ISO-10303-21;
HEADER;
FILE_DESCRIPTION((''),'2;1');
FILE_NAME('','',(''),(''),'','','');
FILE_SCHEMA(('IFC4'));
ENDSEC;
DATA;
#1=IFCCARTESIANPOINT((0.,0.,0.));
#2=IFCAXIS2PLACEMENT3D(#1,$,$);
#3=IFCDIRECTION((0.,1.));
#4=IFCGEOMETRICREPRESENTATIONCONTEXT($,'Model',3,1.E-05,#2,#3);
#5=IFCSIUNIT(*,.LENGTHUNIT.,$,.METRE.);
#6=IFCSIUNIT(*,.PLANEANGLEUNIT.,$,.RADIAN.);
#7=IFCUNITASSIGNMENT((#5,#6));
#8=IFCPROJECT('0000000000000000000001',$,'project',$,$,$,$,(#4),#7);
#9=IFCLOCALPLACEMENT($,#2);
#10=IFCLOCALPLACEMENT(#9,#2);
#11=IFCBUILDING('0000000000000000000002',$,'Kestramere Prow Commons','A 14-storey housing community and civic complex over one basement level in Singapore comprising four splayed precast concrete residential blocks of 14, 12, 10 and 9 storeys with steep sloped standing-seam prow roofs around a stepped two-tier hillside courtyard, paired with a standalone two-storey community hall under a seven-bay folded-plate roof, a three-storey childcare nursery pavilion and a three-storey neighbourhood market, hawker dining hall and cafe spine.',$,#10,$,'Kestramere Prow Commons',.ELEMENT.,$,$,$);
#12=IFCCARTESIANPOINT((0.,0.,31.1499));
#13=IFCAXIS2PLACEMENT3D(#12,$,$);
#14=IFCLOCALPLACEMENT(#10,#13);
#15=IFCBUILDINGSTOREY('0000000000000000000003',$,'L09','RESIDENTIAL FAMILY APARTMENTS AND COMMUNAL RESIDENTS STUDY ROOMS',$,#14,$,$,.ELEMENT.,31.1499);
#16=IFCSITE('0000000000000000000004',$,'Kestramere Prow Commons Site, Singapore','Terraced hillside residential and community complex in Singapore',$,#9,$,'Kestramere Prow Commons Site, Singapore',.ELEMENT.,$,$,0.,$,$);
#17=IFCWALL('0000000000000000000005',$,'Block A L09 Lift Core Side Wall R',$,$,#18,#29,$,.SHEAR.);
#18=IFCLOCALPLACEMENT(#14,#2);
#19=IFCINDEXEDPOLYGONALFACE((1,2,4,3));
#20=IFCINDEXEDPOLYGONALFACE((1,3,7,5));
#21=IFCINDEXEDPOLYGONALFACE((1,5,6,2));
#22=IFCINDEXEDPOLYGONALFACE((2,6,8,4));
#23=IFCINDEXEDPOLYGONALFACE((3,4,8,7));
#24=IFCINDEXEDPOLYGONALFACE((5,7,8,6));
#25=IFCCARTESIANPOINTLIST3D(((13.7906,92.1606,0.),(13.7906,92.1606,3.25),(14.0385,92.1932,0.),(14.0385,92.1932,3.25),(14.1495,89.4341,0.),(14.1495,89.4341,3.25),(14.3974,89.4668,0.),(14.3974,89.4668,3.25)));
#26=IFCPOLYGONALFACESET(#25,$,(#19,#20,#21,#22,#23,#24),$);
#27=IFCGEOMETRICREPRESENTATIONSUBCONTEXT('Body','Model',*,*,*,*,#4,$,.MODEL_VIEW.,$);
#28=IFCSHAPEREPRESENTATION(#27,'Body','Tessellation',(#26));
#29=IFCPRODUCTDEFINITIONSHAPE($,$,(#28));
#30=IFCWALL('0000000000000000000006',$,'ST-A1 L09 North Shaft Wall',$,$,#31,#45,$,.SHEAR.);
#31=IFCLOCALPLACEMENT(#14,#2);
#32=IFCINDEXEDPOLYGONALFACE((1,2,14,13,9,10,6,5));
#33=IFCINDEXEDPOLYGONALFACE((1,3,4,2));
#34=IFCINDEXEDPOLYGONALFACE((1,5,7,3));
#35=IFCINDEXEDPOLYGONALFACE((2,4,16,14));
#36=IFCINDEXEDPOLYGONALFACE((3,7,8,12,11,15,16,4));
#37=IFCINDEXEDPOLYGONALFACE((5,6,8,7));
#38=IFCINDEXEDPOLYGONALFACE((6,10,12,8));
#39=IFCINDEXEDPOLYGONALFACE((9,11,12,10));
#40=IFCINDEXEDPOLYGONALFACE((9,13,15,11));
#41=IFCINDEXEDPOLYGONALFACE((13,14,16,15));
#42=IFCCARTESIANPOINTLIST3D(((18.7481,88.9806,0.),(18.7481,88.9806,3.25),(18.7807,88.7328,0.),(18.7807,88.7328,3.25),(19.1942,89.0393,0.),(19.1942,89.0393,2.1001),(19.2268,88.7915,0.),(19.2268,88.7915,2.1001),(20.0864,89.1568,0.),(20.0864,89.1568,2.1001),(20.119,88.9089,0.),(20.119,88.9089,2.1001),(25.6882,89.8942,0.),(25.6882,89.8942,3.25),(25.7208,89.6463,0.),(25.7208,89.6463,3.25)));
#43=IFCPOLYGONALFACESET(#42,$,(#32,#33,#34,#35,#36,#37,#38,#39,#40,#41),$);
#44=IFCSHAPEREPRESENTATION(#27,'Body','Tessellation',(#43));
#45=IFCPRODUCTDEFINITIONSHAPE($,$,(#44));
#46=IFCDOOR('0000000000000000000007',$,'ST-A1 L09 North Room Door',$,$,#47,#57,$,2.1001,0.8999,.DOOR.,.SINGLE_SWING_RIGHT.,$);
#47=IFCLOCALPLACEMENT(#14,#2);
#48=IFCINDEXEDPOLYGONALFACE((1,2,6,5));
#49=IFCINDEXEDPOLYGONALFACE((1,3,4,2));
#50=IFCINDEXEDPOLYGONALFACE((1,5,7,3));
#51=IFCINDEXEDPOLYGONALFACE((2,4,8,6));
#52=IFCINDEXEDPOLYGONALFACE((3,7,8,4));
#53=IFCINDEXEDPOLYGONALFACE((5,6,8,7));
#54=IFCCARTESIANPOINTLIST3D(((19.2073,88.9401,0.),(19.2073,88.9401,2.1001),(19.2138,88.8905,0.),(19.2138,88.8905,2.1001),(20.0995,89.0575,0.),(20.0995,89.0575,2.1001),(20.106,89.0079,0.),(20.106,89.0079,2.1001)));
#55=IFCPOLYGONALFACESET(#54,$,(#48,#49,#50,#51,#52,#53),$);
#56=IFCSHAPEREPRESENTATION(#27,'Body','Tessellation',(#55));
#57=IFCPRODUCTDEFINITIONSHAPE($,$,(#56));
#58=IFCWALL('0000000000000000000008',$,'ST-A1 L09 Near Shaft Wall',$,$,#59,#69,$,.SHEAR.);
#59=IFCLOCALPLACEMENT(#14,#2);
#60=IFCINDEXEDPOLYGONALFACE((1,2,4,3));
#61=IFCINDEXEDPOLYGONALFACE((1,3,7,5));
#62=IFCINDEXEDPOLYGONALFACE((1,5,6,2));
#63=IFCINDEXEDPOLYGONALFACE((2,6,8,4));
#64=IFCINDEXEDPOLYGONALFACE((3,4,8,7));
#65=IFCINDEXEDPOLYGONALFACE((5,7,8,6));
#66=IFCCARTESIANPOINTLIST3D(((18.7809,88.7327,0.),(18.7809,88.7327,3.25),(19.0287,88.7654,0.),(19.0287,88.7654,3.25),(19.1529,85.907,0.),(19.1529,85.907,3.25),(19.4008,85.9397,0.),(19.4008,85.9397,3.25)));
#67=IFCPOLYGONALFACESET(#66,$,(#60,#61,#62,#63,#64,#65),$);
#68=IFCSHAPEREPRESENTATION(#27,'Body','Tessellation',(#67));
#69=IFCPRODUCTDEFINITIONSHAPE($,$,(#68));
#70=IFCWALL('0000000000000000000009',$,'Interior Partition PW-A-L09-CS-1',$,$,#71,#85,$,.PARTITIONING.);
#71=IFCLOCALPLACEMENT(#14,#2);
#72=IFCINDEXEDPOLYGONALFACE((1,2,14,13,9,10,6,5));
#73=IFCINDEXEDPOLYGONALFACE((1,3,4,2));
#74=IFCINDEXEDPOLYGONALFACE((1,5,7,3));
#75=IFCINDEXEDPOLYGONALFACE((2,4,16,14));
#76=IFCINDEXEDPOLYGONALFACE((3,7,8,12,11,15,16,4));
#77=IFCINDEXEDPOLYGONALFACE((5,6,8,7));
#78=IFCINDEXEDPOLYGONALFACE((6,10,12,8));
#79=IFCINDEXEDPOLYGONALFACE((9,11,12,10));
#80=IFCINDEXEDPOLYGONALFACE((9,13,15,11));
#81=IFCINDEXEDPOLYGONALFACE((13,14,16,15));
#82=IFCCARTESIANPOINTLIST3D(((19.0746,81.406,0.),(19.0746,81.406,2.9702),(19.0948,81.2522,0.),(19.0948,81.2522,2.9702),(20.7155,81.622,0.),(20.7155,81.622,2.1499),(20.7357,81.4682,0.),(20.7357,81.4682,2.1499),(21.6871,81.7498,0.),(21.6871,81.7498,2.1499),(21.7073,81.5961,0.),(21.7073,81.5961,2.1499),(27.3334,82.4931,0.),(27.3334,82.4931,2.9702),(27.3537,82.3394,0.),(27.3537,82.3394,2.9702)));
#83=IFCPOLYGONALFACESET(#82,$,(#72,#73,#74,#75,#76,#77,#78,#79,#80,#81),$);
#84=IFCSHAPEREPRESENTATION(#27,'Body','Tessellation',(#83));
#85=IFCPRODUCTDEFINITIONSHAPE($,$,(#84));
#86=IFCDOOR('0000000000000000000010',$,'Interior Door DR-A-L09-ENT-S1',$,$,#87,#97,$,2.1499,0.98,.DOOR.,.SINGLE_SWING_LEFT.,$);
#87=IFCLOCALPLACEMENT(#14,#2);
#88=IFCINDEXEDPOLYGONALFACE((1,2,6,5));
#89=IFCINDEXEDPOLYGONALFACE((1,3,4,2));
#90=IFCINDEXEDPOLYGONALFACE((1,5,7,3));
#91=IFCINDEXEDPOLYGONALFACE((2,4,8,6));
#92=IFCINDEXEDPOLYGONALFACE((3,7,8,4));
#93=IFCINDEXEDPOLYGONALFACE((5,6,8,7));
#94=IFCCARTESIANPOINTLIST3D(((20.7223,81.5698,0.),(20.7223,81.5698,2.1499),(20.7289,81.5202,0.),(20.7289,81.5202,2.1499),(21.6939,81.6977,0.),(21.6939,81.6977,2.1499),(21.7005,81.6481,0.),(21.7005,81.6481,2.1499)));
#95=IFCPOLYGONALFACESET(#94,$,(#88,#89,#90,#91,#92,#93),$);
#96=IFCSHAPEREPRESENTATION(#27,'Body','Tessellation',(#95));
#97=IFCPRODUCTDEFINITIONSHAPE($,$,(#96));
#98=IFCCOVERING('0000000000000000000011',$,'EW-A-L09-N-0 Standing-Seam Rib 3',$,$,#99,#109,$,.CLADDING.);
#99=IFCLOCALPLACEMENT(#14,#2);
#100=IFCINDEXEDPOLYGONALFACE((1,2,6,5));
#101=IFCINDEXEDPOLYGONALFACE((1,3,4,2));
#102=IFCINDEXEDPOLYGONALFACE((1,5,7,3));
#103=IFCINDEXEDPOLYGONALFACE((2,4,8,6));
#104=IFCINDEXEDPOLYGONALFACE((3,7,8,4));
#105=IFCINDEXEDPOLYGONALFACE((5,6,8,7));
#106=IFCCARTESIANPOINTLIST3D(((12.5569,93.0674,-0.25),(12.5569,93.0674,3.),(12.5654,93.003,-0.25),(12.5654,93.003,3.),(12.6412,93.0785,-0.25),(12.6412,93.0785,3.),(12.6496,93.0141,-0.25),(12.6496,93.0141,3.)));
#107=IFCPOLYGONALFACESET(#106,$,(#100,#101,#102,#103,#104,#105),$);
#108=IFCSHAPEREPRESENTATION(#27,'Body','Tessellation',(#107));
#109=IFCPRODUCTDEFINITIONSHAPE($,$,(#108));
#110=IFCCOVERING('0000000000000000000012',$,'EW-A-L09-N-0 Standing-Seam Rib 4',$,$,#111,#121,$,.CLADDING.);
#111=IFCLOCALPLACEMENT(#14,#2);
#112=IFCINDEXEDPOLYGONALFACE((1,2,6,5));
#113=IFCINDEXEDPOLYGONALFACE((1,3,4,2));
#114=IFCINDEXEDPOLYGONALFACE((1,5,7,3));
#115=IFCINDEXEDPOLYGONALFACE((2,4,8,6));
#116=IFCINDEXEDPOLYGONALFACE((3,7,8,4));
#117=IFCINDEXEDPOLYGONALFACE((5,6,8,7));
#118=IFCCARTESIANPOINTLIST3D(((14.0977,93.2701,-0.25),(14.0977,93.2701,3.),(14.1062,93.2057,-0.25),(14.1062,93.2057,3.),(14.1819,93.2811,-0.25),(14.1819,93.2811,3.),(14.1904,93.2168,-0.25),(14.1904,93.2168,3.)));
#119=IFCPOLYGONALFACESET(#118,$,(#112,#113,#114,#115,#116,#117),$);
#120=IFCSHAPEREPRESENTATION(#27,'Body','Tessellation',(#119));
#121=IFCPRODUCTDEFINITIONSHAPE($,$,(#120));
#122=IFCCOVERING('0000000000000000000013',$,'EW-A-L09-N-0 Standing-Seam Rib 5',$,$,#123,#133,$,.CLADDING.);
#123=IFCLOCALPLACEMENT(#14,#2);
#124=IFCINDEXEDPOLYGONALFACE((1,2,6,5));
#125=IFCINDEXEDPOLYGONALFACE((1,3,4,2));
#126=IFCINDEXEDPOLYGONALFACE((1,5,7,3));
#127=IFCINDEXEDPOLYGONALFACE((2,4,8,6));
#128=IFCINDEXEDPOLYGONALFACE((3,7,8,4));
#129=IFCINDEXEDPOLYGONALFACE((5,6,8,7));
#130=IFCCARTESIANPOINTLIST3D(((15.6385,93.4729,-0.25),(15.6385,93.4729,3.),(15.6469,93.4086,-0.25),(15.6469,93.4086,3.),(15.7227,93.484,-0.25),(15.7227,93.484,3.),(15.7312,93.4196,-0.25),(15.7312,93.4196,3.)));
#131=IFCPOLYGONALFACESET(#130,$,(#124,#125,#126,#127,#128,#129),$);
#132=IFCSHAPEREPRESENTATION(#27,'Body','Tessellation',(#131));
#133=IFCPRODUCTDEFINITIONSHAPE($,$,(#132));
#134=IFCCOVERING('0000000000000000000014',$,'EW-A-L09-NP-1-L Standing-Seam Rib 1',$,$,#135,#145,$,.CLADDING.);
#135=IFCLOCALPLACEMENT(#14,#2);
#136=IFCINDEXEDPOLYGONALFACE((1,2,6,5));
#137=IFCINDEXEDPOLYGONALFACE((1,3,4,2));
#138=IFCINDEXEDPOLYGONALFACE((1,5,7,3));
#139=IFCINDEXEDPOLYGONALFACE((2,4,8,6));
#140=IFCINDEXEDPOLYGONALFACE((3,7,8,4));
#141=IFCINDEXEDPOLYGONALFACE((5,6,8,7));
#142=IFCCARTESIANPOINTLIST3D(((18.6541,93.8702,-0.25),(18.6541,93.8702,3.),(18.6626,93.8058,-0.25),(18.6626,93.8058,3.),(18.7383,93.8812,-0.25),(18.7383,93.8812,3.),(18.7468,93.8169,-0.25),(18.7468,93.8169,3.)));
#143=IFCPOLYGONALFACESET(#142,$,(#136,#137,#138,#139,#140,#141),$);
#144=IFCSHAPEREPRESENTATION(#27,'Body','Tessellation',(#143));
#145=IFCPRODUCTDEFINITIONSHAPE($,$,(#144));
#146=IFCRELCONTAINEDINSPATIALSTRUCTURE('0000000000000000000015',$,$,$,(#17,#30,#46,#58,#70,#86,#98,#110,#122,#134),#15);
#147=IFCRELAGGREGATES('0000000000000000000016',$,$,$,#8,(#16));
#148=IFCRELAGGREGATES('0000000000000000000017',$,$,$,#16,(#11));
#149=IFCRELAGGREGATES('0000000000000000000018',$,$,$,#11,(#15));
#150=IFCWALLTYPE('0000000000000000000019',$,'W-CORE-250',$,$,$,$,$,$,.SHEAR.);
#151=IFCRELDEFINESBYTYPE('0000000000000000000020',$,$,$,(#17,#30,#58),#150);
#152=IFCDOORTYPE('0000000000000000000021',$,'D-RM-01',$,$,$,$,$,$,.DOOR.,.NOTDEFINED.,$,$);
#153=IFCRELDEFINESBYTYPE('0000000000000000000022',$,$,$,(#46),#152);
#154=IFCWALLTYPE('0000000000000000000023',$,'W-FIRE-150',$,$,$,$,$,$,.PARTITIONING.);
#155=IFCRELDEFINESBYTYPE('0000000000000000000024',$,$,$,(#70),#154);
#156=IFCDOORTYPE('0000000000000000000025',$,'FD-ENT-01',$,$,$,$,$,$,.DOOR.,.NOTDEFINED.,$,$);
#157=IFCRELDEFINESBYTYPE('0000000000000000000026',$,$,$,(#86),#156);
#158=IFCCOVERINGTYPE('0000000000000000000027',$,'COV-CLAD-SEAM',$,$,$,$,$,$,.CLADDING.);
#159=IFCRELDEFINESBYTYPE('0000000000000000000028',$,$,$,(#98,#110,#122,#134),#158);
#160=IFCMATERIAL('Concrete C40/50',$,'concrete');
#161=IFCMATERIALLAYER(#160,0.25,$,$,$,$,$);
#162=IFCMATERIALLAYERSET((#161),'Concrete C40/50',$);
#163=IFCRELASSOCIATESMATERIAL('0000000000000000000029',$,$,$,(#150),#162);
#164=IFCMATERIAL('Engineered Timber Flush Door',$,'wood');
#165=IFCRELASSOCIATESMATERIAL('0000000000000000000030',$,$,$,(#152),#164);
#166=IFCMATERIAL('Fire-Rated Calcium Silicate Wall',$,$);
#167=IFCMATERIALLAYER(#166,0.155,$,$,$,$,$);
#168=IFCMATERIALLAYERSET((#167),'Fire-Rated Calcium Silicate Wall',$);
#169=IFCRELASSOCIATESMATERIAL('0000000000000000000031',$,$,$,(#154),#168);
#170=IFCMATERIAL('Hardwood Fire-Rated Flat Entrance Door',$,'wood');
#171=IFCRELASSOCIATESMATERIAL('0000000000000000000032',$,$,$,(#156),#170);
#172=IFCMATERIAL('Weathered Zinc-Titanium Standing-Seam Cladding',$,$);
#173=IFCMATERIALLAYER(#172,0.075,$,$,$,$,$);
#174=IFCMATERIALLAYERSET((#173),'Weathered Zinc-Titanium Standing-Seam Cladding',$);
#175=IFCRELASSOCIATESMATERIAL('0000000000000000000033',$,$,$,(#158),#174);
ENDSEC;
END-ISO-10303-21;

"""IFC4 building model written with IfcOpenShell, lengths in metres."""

from ifc_helpers import new_model, si_unit, direction, frame, frame_2d, origin, origin_2d, place, context, subcontext, project, spatial, rectangle, extrude, material, layer, layer_set, type_object, element, fill, save


model = new_model("IFC4")

# Units and contexts
model_context = context("Model", 3, precision=1e-05, world=origin(), true_north=direction((0.0, 1.0)))
body_context = subcontext(model_context, "Body", "Model", "MODEL_VIEW")
ifc_project = project(units=[si_unit("LENGTHUNIT", "METRE"), si_unit("PLANEANGLEUNIT", "RADIAN")], contexts=[model_context])

# Site, building, storey
site_placement = place(None, origin())
site = spatial("IfcSite", under=ifc_project, at=site_placement, Name="Kestramere Prow Commons Site, Singapore", Description="Terraced hillside residential and community complex in Singapore", LongName="Kestramere Prow Commons Site, Singapore", CompositionType="ELEMENT", RefElevation=0.0)
building_placement = place(site_placement, origin())
building = spatial("IfcBuilding", under=site, at=building_placement, Name="Kestramere Prow Commons", Description="A 14-storey housing community and civic complex over one basement level in Singapore comprising four splayed precast concrete residential blocks of 14, 12, 10 and 9 storeys with steep sloped standing-seam prow roofs around a stepped two-tier hillside courtyard, paired with a standalone two-storey community hall under a seven-bay folded-plate roof, a three-storey childcare nursery pavilion and a three-storey neighbourhood market, hawker dining hall and cafe spine.", LongName="Kestramere Prow Commons", CompositionType="ELEMENT")
storey_placement = place(building_placement, frame((0.0, 0.0, 31.1499)))
storey = spatial("IfcBuildingStorey", under=building, at=storey_placement, Name="L09", Description="RESIDENTIAL FAMILY APARTMENTS AND COMMUNAL RESIDENTS STUDY ROOMS", CompositionType="ELEMENT", Elevation=31.1499)

# Wall
ifc_material_1 = material(Name="Concrete C40/50", Category="concrete")
ifc_layer_1 = layer(ifc_material_1, 0.25)
ifc_layer_set_1 = layer_set([ifc_layer_1], Name="Concrete C40/50")
wall_type_1 = type_object("IfcWallType", Name="W-CORE-250", PredefinedType="SHEAR", material=ifc_layer_set_1)
wall_1_placement = place(storey_placement, frame((14.2734, 89.4504, 0.0), z_axis=(0.0, 0.0, 1.0), x_axis=(-0.1305, 0.991448, 0.0)))
element("IfcWall", 1, at=wall_1_placement, inside=storey, type_object=wall_type_1, Name="Block A L09 Lift Core Side Wall R", PredefinedType="SHEAR", context=body_context, shape_type="SweptSolid", body=[
    extrude(rectangle(XDim=2.75, YDim=0.25, at=frame_2d((1.375, 0.0))), origin(), (0.0, 0.0, 1.0), 3.25),
])

# Wall, opening, door
wall_2_placement = place(storey_placement, frame((18.7644, 88.8567, 0.0), z_axis=(0.0, 0.0, 1.0), x_axis=(0.991447, 0.13051, 0.0)))
wall_2 = element("IfcWall", 2, at=wall_2_placement, inside=storey, type_object=wall_type_1, Name="ST-A1 L09 North Shaft Wall", PredefinedType="SHEAR", context=body_context, shape_type="SweptSolid", body=[
    extrude(rectangle(XDim=7.0, YDim=0.25, at=frame_2d((3.5, 0.0))), origin(), (0.0, 0.0, 1.0), 3.25),
])
opening_1_placement = place(wall_2_placement, frame((0.45, 0.0, 0.0)))
opening_1 = element("IfcOpeningElement", 3, at=opening_1_placement, cuts=wall_2, PredefinedType="OPENING", context=body_context, shape_type="SweptSolid", body=[
    extrude(rectangle(XDim=0.8999, YDim=2.1001, at=frame_2d((0.45, 1.05))), frame((0.0, 0.1399, 0.0), z_axis=(0.0, -1.0, 0.0), x_axis=(1.0, 0.0, 0.0)), (0.0, 0.0, 1.0), 0.28),
])
ifc_material_2 = material(Name="Engineered Timber Flush Door", Category="wood")
door_type_1 = type_object("IfcDoorType", Name="D-RM-01", OperationType="NOTDEFINED", PredefinedType="DOOR", material=ifc_material_2)
door_1_placement = place(opening_1_placement, origin())
door_1 = element("IfcDoor", 4, at=door_1_placement, inside=storey, type_object=door_type_1, Name="ST-A1 L09 North Room Door", OperationType="SINGLE_SWING_RIGHT", OverallHeight=2.1001, OverallWidth=0.8999, PredefinedType="DOOR", context=body_context, shape_type="SweptSolid", body=[
    extrude(rectangle(XDim=0.8999, YDim=2.1001, at=frame_2d((0.45, 1.05))), frame((0.0, 0.0249, 0.0), z_axis=(0.0, -1.0, 0.0), x_axis=(1.0, 0.0, 0.0)), (0.0, 0.0, 1.0), 0.05),
])
fill(opening_1, door_1)

# Wall
wall_3_placement = place(storey_placement, frame((19.2769, 85.9233, 0.0), z_axis=(0.0, 0.0, 1.0), x_axis=(-0.130548, 0.991442, 0.0)))
element("IfcWall", 5, at=wall_3_placement, inside=storey, type_object=wall_type_1, Name="ST-A1 L09 Near Shaft Wall", PredefinedType="SHEAR", context=body_context, shape_type="SweptSolid", body=[
    extrude(rectangle(XDim=2.8501, YDim=0.25, at=frame_2d((1.425, 0.0))), origin(), (0.0, 0.0, 1.0), 3.25),
])

# Wall, opening, door
ifc_material_3 = material(Name="Fire-Rated Calcium Silicate Wall")
ifc_layer_2 = layer(ifc_material_3, 0.155)
ifc_layer_set_2 = layer_set([ifc_layer_2], Name="Fire-Rated Calcium Silicate Wall")
wall_type_2 = type_object("IfcWallType", Name="W-FIRE-150", PredefinedType="PARTITIONING", material=ifc_layer_set_2)
wall_4_placement = place(storey_placement, frame((19.0847, 81.3291, 0.0), z_axis=(0.0, 0.0, 1.0), x_axis=(0.991447, 0.130511, 0.0)))
wall_4 = element("IfcWall", 6, at=wall_4_placement, inside=storey, type_object=wall_type_2, Name="Interior Partition PW-A-L09-CS-1", PredefinedType="PARTITIONING", context=body_context, shape_type="SweptSolid", body=[
    extrude(rectangle(XDim=8.3301, YDim=0.155, at=frame_2d((4.165, 0.0))), origin(), (0.0, 0.0, 1.0), 2.9702),
])
opening_2_placement = place(wall_4_placement, frame((1.655, 0.0, 0.0)))
opening_2 = element("IfcOpeningElement", 7, at=opening_2_placement, cuts=wall_4, PredefinedType="OPENING", context=body_context, shape_type="SweptSolid", body=[
    extrude(rectangle(XDim=0.98, YDim=2.1499, at=frame_2d((0.49, 1.075))), frame((0.0, 0.0925, 0.0), z_axis=(0.0, -1.0, 0.0), x_axis=(1.0, 0.0, 0.0)), (0.0, 0.0, 1.0), 0.1851),
])
ifc_material_4 = material(Name="Hardwood Fire-Rated Flat Entrance Door", Category="wood")
door_type_2 = type_object("IfcDoorType", Name="FD-ENT-01", OperationType="NOTDEFINED", PredefinedType="DOOR", material=ifc_material_4)
door_2_placement = place(opening_2_placement, origin())
door_2 = element("IfcDoor", 8, at=door_2_placement, inside=storey, type_object=door_type_2, Name="Interior Door DR-A-L09-ENT-S1", OperationType="SINGLE_SWING_LEFT", OverallHeight=2.1499, OverallWidth=0.98, PredefinedType="DOOR", context=body_context, shape_type="SweptSolid", body=[
    extrude(rectangle(XDim=0.98, YDim=2.1499, at=frame_2d((0.49, 1.075))), frame((0.0, 0.0249, 0.0), z_axis=(0.0, -1.0, 0.0), x_axis=(1.0, 0.0, 0.0)), (0.0, 0.0, 1.0), 0.05),
])
fill(opening_2, door_2)

# Coverings
ifc_material_5 = material(Name="Weathered Zinc-Titanium Standing-Seam Cladding")
ifc_layer_3 = layer(ifc_material_5, 0.075)
ifc_layer_set_3 = layer_set([ifc_layer_3], Name="Weathered Zinc-Titanium Standing-Seam Cladding")
covering_type = type_object("IfcCoveringType", Name="COV-CLAD-SEAM", PredefinedType="CLADDING", material=ifc_layer_set_3)
for number, where, z_axis, x_axis, name in (
    (9, (12.6033, 93.0408, -0.25), (0.0, 0.0, 1.0), (0.991445, 0.130526, 0.0), "EW-A-L09-N-0 Standing-Seam Rib 3"),
    (10, (14.144, 93.2434, -0.25), (0.0, 0.0, 1.0), (0.991445, 0.130526, 0.0), "EW-A-L09-N-0 Standing-Seam Rib 4"),
    (11, (15.6848, 93.4463, -0.25), (0.0, 0.0, 1.0), (0.991445, 0.130526, 0.0), "EW-A-L09-N-0 Standing-Seam Rib 5"),
    (12, (18.7004, 93.8435, -0.25), (0.0, 0.0, 1.0), (0.991445, 0.130526, 0.0), "EW-A-L09-NP-1-L Standing-Seam Rib 1"),
):
    element("IfcCovering", number, at=place(storey_placement, frame(where, z_axis=z_axis, x_axis=x_axis)), inside=storey, type_object=covering_type, Name=name, PredefinedType="CLADDING", context=body_context, shape_type="SweptSolid", body=[
        extrude(rectangle(XDim=0.085, YDim=0.0649, at=origin_2d()), origin(), (0.0, 0.0, 1.0), 3.25),
    ])

save(model, "model.ifc")
